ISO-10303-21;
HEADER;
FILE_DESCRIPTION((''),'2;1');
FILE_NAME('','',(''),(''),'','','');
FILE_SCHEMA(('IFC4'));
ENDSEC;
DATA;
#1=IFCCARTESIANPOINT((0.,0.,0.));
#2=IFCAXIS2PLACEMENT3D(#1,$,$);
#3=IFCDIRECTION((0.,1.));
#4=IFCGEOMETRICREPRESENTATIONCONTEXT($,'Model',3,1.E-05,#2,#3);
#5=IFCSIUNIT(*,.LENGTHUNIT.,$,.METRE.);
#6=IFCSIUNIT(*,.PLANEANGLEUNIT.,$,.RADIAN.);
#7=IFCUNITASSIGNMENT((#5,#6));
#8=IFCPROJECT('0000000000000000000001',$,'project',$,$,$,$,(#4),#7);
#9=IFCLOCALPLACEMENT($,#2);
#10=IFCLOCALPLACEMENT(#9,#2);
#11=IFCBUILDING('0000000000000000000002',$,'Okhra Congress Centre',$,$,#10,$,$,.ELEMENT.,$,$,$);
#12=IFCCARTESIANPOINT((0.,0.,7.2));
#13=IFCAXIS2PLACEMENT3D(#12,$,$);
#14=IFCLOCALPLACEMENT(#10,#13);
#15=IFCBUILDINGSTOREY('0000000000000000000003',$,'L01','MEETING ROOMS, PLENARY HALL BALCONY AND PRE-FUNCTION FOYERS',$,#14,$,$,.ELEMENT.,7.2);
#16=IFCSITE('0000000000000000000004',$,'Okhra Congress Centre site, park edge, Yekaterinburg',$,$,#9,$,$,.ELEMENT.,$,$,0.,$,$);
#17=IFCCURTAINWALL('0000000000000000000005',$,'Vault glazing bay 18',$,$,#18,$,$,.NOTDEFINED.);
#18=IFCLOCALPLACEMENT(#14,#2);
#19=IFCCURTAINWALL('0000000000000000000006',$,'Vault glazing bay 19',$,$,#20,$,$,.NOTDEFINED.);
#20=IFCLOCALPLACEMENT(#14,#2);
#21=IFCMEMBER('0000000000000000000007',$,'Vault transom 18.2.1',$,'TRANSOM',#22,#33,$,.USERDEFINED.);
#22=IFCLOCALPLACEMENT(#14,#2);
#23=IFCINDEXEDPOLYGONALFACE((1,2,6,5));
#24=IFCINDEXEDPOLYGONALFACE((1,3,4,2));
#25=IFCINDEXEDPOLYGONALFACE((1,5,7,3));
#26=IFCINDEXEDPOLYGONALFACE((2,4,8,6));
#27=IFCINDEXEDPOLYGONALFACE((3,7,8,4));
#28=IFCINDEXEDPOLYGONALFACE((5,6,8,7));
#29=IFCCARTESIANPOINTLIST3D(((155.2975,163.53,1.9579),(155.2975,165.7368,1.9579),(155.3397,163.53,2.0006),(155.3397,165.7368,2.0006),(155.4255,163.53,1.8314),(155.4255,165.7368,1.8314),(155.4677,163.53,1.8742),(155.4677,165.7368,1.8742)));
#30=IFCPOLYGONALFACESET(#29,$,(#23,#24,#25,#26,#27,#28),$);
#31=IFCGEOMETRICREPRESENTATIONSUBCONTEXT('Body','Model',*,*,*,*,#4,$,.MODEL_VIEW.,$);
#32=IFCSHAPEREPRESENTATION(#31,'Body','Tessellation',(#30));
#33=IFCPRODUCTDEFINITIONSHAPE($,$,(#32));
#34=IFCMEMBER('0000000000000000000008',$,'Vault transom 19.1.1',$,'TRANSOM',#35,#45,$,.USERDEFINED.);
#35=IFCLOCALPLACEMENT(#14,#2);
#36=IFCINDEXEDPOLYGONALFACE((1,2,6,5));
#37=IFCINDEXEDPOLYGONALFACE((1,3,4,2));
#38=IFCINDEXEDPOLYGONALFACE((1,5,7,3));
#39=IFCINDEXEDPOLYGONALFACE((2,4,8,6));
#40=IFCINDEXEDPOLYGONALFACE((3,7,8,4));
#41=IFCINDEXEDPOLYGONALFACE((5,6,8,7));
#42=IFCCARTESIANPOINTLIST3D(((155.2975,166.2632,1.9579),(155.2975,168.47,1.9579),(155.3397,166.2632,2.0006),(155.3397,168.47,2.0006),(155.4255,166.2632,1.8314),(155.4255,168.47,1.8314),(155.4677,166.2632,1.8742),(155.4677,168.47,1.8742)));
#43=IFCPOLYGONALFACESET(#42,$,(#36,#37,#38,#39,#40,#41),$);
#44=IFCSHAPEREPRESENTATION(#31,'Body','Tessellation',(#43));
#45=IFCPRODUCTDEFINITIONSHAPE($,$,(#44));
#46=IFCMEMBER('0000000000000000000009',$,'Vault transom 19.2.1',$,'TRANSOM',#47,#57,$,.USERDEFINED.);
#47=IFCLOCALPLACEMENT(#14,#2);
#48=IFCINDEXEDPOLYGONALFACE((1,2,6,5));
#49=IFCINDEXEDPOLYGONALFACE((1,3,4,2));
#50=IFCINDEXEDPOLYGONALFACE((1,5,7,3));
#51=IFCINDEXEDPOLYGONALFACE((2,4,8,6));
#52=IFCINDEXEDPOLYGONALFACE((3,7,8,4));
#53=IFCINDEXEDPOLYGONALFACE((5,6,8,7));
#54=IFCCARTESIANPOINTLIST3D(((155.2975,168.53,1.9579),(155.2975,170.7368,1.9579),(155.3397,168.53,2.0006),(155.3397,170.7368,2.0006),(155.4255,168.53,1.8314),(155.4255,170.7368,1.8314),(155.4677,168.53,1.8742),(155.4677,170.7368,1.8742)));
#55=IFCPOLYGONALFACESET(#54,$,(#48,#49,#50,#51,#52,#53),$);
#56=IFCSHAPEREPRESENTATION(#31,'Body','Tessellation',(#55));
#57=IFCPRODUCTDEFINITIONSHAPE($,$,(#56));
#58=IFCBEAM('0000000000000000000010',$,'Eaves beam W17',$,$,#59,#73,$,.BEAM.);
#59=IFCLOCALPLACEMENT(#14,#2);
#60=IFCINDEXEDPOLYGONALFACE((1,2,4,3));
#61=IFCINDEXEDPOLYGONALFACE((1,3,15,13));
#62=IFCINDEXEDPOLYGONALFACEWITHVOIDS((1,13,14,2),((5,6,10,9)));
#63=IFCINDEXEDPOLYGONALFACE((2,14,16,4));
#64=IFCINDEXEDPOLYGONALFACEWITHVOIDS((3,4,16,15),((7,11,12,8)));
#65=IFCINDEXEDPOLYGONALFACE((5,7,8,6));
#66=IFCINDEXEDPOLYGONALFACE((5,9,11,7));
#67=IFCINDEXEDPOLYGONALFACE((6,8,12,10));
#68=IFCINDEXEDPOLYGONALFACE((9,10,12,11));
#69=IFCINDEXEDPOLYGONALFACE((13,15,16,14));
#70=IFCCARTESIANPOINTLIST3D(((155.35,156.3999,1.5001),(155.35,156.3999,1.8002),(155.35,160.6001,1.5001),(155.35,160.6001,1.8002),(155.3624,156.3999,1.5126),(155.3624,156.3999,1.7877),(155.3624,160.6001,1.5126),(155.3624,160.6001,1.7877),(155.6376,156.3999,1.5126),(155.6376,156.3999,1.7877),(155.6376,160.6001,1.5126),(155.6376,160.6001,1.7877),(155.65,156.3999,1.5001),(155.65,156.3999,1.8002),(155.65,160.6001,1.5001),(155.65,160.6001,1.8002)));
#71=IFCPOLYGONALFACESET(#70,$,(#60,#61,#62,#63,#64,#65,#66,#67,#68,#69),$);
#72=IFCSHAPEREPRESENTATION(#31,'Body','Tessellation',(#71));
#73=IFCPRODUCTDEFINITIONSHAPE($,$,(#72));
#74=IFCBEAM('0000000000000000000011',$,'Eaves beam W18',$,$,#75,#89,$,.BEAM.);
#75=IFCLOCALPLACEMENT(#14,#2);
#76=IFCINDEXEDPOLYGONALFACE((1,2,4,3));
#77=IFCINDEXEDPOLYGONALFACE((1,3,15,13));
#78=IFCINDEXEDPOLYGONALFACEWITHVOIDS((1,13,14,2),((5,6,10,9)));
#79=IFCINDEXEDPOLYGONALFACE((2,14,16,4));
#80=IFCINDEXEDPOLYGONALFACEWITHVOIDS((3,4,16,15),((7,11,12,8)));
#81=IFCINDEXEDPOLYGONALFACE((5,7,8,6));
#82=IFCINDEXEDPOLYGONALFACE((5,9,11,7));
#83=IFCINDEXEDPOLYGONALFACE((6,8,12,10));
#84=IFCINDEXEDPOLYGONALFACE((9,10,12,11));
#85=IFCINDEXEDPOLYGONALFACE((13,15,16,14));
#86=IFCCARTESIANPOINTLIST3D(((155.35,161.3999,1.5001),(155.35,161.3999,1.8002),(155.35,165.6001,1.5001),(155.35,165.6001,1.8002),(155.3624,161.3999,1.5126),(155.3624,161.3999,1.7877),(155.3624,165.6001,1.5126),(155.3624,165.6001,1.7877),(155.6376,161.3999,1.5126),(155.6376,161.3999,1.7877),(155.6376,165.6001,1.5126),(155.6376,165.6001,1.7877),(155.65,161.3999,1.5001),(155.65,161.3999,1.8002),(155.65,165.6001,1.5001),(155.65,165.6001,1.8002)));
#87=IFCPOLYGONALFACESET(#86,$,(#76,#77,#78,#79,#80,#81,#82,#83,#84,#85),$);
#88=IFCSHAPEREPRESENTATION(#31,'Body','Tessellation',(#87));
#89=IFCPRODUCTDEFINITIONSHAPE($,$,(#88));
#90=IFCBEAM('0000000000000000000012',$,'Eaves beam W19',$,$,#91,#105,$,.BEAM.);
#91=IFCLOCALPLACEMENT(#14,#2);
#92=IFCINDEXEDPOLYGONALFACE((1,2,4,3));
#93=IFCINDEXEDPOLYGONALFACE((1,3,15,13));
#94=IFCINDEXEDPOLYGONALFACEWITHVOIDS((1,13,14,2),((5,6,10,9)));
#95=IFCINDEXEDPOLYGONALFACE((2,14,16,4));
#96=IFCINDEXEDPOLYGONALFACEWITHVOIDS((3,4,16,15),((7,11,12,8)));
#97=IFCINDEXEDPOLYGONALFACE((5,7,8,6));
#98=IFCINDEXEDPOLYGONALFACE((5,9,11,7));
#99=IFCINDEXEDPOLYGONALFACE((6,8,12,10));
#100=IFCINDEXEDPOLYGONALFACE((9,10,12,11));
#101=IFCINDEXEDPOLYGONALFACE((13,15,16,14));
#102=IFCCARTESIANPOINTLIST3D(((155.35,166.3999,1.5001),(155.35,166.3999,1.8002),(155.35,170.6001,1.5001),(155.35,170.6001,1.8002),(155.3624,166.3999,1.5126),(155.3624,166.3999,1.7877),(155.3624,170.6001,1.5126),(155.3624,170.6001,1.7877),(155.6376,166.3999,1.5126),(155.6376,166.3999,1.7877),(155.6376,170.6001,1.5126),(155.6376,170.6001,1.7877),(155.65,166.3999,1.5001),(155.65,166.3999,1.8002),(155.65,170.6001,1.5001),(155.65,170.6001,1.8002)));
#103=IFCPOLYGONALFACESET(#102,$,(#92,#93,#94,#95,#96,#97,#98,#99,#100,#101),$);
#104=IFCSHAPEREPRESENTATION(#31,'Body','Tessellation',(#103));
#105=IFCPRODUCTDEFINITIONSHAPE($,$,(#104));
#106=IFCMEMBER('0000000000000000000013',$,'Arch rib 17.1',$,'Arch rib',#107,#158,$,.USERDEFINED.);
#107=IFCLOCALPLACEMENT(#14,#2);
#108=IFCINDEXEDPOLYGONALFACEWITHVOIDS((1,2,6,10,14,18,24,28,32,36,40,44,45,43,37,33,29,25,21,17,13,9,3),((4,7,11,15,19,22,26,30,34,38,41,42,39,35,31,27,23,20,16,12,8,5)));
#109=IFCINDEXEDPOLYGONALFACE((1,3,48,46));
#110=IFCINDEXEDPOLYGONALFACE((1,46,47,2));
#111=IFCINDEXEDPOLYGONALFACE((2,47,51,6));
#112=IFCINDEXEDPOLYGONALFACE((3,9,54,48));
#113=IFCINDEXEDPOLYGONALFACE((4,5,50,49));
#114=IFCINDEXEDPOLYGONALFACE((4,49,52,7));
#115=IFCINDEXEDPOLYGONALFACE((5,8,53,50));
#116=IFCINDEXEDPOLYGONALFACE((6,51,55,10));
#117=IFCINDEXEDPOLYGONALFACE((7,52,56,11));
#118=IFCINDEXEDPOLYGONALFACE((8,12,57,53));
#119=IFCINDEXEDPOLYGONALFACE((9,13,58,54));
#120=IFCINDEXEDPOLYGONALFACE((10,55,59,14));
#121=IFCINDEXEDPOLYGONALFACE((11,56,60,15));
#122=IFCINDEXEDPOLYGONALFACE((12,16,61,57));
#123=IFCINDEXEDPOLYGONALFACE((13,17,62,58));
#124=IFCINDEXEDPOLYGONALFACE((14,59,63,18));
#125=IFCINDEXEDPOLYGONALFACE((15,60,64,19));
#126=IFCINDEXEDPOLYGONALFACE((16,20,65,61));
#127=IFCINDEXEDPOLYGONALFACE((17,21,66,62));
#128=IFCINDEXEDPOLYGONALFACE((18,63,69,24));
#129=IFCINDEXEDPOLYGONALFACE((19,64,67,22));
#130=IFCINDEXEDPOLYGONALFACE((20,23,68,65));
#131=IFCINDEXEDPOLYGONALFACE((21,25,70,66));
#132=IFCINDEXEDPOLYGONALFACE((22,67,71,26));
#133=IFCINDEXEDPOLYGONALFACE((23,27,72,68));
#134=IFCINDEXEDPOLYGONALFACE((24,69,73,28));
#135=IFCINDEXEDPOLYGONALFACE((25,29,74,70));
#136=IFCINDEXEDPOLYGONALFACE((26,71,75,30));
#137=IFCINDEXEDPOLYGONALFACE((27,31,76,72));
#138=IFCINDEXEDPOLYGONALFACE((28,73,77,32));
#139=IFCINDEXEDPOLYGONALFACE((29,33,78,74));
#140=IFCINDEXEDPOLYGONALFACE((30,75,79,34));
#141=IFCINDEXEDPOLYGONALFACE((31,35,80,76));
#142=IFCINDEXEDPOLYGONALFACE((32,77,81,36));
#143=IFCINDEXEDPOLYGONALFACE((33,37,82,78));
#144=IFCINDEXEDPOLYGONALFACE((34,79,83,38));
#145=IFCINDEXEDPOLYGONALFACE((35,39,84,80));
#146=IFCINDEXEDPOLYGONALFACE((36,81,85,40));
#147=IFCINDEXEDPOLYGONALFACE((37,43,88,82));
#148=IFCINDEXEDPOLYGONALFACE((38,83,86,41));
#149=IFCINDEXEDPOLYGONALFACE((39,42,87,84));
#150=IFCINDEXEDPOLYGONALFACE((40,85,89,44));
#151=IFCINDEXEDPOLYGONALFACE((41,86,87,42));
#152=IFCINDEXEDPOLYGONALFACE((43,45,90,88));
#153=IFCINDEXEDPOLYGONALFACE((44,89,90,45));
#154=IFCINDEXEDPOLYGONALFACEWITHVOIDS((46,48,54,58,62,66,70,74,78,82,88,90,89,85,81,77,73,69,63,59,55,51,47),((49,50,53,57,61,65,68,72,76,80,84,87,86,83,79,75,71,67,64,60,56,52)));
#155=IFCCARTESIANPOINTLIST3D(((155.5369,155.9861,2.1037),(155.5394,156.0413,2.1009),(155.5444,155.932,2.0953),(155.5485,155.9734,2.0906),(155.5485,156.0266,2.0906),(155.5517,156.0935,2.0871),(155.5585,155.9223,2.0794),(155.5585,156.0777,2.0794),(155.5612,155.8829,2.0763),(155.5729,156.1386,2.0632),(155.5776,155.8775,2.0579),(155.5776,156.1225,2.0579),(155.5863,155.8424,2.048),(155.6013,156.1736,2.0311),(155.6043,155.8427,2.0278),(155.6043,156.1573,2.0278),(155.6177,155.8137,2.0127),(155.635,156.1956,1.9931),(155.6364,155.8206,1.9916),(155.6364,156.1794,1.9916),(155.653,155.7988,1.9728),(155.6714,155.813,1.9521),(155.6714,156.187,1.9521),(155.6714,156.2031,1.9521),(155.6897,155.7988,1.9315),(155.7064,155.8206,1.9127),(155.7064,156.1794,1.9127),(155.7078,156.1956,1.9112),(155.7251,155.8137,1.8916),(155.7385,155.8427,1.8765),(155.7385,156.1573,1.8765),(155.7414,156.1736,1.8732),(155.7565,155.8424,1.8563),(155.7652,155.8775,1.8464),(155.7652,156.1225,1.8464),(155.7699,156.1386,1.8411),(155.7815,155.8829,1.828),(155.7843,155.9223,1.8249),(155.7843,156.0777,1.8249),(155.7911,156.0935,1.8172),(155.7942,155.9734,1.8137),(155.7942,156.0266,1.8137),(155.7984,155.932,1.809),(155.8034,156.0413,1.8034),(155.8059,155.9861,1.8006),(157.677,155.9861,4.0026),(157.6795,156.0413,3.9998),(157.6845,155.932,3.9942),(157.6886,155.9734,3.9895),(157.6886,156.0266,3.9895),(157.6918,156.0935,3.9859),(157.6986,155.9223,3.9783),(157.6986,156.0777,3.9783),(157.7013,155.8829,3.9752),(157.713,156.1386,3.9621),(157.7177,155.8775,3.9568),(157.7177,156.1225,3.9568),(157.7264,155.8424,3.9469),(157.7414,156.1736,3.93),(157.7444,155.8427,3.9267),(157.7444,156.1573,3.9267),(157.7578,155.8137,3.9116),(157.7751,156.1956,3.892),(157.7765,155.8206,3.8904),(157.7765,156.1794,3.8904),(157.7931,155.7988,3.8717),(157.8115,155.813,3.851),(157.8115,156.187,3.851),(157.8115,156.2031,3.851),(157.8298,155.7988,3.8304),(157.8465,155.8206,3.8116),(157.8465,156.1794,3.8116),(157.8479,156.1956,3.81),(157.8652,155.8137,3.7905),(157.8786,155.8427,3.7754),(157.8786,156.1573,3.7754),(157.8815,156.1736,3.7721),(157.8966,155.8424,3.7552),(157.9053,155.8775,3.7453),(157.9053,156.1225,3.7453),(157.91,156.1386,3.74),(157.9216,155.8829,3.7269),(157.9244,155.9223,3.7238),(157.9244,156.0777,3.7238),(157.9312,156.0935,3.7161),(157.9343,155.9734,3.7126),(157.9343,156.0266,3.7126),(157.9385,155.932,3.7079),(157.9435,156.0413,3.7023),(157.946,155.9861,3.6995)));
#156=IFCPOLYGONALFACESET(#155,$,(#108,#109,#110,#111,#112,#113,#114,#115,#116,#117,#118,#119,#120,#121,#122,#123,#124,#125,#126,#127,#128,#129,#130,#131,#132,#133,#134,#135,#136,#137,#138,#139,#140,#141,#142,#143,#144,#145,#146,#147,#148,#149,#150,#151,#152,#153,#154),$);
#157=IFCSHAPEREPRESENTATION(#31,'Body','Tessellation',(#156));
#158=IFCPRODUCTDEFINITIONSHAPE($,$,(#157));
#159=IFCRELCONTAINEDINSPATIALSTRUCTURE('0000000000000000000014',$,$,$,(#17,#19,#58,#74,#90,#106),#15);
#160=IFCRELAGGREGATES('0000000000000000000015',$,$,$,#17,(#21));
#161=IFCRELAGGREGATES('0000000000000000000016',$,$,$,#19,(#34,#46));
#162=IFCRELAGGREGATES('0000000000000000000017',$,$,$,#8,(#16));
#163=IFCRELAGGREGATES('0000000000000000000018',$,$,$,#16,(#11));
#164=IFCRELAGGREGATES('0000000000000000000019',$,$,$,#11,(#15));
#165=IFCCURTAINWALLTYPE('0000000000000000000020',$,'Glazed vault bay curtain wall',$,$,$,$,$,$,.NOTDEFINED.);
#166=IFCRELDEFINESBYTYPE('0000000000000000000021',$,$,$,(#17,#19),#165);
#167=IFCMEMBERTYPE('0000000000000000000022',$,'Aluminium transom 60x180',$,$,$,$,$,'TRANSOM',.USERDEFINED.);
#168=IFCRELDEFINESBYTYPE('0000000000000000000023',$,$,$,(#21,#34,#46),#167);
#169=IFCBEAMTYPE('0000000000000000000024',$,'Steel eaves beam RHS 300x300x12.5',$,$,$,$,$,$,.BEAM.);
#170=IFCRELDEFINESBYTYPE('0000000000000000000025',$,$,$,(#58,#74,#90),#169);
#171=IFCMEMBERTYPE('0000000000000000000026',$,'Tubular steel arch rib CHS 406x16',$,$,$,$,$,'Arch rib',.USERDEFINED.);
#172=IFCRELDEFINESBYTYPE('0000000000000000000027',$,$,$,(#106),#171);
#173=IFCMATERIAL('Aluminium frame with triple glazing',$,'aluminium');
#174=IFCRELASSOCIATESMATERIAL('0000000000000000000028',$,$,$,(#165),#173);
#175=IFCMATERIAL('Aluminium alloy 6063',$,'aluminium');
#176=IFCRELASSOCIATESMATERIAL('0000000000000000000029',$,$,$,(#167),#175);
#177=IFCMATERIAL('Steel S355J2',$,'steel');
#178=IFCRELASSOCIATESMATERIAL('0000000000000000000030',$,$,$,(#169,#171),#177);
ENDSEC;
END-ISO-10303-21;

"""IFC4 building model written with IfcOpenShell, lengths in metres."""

from ifc_helpers import new_model, si_unit, direction, frame, origin, origin_2d, place, context, subcontext, project, spatial, rectangle, hollow_rectangle, hollow_circle, extrude, material, material_profile, profile_set, type_object, element, aggregate, save


model = new_model("IFC4")

# Units and contexts
model_context = context("Model", 3, precision=1e-05, world=origin(), true_north=direction((0.0, 1.0)))
body_context = subcontext(model_context, "Body", "Model", "MODEL_VIEW")
ifc_project = project(units=[si_unit("LENGTHUNIT", "METRE"), si_unit("PLANEANGLEUNIT", "RADIAN")], contexts=[model_context])

# Site, building, storey
site_placement = place(None, origin())
site = spatial("IfcSite", under=ifc_project, at=site_placement, Name="Okhra Congress Centre site, park edge, Yekaterinburg", CompositionType="ELEMENT", RefElevation=0.0)
building_placement = place(site_placement, origin())
building = spatial("IfcBuilding", under=site, at=building_placement, Name="Okhra Congress Centre", CompositionType="ELEMENT")
storey_placement = place(building_placement, frame((0.0, 0.0, 7.2)))
storey = spatial("IfcBuildingStorey", under=building, at=storey_placement, Name="L01", Description="MEETING ROOMS, PLENARY HALL BALCONY AND PRE-FUNCTION FOYERS", CompositionType="ELEMENT", Elevation=7.2)

# Shared definitions
ifc_material_1 = material(Name="Aluminium frame with triple glazing", Category="aluminium")
curtain_wall_type = type_object("IfcCurtainWallType", Name="Glazed vault bay curtain wall", PredefinedType="NOTDEFINED", material=ifc_material_1)
ifc_material_2 = material(Name="Aluminium alloy 6063", Category="aluminium")

# Curtain walls
curtain_wall_1_placement = place(storey_placement, origin())
curtain_wall_1 = element("IfcCurtainWall", 1, at=curtain_wall_1_placement, inside=storey, type_object=curtain_wall_type, Name="Vault glazing bay 18", PredefinedType="NOTDEFINED")
curtain_wall_2_placement = place(storey_placement, origin())
curtain_wall_2 = element("IfcCurtainWall", 2, at=curtain_wall_2_placement, inside=storey, type_object=curtain_wall_type, Name="Vault glazing bay 19", PredefinedType="NOTDEFINED")

# Members
ifc_material_profile_1 = material_profile(ifc_material_2, rectangle(XDim=0.0601, YDim=0.1799, at=origin_2d()), Name="AL 60x180 transom")
ifc_profile_set_1 = profile_set([ifc_material_profile_1], Name="Aluminium alloy 6063")
member_type_1 = type_object("IfcMemberType", Name="Aluminium transom 60x180", ElementType="TRANSOM", PredefinedType="USERDEFINED", material=ifc_profile_set_1)
member_1_placement = place(storey_placement, frame((155.3826, 163.53, 1.916), z_axis=(0.0, 1.0, 0.0), x_axis=(-0.702636, 0.0, -0.711549)))
member_1 = element("IfcMember", 3, at=member_1_placement, type_object=member_type_1, Name="Vault transom 18.2.1", ObjectType="TRANSOM", PredefinedType="USERDEFINED", context=body_context, shape_type="SweptSolid", body=[
    extrude(rectangle(XDim=0.0601, YDim=0.1799, at=origin_2d()), origin(), (0.0, 0.0, 1.0), 2.2068),
])
member_2_placement = place(storey_placement, frame((155.3826, 166.2632, 1.916), z_axis=(0.0, 1.0, 0.0), x_axis=(-0.702636, 0.0, -0.711549)))
member_2 = element("IfcMember", 4, at=member_2_placement, type_object=member_type_1, Name="Vault transom 19.1.1", ObjectType="TRANSOM", PredefinedType="USERDEFINED", context=body_context, shape_type="SweptSolid", body=[
    extrude(rectangle(XDim=0.0601, YDim=0.1799, at=origin_2d()), origin(), (0.0, 0.0, 1.0), 2.2068),
])
member_3_placement = place(storey_placement, frame((155.3826, 168.53, 1.916), z_axis=(0.0, 1.0, 0.0), x_axis=(-0.702636, 0.0, -0.711549)))
member_3 = element("IfcMember", 5, at=member_3_placement, type_object=member_type_1, Name="Vault transom 19.2.1", ObjectType="TRANSOM", PredefinedType="USERDEFINED", context=body_context, shape_type="SweptSolid", body=[
    extrude(rectangle(XDim=0.0601, YDim=0.1799, at=origin_2d()), origin(), (0.0, 0.0, 1.0), 2.2068),
])

# Beams
ifc_material_3 = material(Name="Steel S355J2", Category="steel")
ifc_material_profile_2 = material_profile(ifc_material_3, hollow_rectangle(XDim=0.3, YDim=0.3, WallThickness=0.0125, at=origin_2d()), Name="RHS 300x300x12.5")
ifc_profile_set_2 = profile_set([ifc_material_profile_2], Name="Steel S355J2")
beam_type = type_object("IfcBeamType", Name="Steel eaves beam RHS 300x300x12.5", PredefinedType="BEAM", material=ifc_profile_set_2)
for number, where, z_axis, x_axis, name in (
    (6, (155.5, 156.3999, 1.6501), (0.0, 1.0, 0.0), (-1.0, 0.0, 0.0), "Eaves beam W17"),
    (7, (155.5, 161.3999, 1.6501), (0.0, 1.0, 0.0), (-1.0, 0.0, 0.0), "Eaves beam W18"),
    (8, (155.5, 166.3999, 1.6501), (0.0, 1.0, 0.0), (-1.0, 0.0, 0.0), "Eaves beam W19"),
):
    element("IfcBeam", number, at=place(storey_placement, frame(where, z_axis=z_axis, x_axis=x_axis)), inside=storey, type_object=beam_type, Name=name, PredefinedType="BEAM", context=body_context, shape_type="SweptSolid", body=[
        extrude(hollow_rectangle(XDim=0.3, YDim=0.3, WallThickness=0.0125, at=origin_2d()), origin(), (0.0, 0.0, 1.0), 4.2002),
    ])

# Member
ifc_material_profile_3 = material_profile(ifc_material_3, hollow_circle(Radius=0.2031, WallThickness=0.0161, at=origin_2d()), Name="CHS 406.4x16")
ifc_profile_set_3 = profile_set([ifc_material_profile_3], Name="Steel S355J2")
member_type_2 = type_object("IfcMemberType", Name="Tubular steel arch rib CHS 406x16", ElementType="Arch rib", PredefinedType="USERDEFINED", material=ifc_profile_set_3)
for number, where, z_axis, x_axis, name in (
    (9, (155.6714, 156.0, 1.9521), (0.748002, 0.0, 0.663696), (0.0, 1.0, 0.0), "Arch rib 17.1"),
):
    element("IfcMember", number, at=place(storey_placement, frame(where, z_axis=z_axis, x_axis=x_axis)), inside=storey, type_object=member_type_2, Name=name, ObjectType="Arch rib", PredefinedType="USERDEFINED", context=body_context, shape_type="SweptSolid", body=[
        extrude(hollow_circle(Radius=0.2031, WallThickness=0.0161, at=origin_2d()), origin(), (0.0, 0.0, 1.0), 2.8611),
    ])

aggregate(curtain_wall_1, [member_1])
aggregate(curtain_wall_2, [member_2, member_3])

save(model, "model.ifc")
